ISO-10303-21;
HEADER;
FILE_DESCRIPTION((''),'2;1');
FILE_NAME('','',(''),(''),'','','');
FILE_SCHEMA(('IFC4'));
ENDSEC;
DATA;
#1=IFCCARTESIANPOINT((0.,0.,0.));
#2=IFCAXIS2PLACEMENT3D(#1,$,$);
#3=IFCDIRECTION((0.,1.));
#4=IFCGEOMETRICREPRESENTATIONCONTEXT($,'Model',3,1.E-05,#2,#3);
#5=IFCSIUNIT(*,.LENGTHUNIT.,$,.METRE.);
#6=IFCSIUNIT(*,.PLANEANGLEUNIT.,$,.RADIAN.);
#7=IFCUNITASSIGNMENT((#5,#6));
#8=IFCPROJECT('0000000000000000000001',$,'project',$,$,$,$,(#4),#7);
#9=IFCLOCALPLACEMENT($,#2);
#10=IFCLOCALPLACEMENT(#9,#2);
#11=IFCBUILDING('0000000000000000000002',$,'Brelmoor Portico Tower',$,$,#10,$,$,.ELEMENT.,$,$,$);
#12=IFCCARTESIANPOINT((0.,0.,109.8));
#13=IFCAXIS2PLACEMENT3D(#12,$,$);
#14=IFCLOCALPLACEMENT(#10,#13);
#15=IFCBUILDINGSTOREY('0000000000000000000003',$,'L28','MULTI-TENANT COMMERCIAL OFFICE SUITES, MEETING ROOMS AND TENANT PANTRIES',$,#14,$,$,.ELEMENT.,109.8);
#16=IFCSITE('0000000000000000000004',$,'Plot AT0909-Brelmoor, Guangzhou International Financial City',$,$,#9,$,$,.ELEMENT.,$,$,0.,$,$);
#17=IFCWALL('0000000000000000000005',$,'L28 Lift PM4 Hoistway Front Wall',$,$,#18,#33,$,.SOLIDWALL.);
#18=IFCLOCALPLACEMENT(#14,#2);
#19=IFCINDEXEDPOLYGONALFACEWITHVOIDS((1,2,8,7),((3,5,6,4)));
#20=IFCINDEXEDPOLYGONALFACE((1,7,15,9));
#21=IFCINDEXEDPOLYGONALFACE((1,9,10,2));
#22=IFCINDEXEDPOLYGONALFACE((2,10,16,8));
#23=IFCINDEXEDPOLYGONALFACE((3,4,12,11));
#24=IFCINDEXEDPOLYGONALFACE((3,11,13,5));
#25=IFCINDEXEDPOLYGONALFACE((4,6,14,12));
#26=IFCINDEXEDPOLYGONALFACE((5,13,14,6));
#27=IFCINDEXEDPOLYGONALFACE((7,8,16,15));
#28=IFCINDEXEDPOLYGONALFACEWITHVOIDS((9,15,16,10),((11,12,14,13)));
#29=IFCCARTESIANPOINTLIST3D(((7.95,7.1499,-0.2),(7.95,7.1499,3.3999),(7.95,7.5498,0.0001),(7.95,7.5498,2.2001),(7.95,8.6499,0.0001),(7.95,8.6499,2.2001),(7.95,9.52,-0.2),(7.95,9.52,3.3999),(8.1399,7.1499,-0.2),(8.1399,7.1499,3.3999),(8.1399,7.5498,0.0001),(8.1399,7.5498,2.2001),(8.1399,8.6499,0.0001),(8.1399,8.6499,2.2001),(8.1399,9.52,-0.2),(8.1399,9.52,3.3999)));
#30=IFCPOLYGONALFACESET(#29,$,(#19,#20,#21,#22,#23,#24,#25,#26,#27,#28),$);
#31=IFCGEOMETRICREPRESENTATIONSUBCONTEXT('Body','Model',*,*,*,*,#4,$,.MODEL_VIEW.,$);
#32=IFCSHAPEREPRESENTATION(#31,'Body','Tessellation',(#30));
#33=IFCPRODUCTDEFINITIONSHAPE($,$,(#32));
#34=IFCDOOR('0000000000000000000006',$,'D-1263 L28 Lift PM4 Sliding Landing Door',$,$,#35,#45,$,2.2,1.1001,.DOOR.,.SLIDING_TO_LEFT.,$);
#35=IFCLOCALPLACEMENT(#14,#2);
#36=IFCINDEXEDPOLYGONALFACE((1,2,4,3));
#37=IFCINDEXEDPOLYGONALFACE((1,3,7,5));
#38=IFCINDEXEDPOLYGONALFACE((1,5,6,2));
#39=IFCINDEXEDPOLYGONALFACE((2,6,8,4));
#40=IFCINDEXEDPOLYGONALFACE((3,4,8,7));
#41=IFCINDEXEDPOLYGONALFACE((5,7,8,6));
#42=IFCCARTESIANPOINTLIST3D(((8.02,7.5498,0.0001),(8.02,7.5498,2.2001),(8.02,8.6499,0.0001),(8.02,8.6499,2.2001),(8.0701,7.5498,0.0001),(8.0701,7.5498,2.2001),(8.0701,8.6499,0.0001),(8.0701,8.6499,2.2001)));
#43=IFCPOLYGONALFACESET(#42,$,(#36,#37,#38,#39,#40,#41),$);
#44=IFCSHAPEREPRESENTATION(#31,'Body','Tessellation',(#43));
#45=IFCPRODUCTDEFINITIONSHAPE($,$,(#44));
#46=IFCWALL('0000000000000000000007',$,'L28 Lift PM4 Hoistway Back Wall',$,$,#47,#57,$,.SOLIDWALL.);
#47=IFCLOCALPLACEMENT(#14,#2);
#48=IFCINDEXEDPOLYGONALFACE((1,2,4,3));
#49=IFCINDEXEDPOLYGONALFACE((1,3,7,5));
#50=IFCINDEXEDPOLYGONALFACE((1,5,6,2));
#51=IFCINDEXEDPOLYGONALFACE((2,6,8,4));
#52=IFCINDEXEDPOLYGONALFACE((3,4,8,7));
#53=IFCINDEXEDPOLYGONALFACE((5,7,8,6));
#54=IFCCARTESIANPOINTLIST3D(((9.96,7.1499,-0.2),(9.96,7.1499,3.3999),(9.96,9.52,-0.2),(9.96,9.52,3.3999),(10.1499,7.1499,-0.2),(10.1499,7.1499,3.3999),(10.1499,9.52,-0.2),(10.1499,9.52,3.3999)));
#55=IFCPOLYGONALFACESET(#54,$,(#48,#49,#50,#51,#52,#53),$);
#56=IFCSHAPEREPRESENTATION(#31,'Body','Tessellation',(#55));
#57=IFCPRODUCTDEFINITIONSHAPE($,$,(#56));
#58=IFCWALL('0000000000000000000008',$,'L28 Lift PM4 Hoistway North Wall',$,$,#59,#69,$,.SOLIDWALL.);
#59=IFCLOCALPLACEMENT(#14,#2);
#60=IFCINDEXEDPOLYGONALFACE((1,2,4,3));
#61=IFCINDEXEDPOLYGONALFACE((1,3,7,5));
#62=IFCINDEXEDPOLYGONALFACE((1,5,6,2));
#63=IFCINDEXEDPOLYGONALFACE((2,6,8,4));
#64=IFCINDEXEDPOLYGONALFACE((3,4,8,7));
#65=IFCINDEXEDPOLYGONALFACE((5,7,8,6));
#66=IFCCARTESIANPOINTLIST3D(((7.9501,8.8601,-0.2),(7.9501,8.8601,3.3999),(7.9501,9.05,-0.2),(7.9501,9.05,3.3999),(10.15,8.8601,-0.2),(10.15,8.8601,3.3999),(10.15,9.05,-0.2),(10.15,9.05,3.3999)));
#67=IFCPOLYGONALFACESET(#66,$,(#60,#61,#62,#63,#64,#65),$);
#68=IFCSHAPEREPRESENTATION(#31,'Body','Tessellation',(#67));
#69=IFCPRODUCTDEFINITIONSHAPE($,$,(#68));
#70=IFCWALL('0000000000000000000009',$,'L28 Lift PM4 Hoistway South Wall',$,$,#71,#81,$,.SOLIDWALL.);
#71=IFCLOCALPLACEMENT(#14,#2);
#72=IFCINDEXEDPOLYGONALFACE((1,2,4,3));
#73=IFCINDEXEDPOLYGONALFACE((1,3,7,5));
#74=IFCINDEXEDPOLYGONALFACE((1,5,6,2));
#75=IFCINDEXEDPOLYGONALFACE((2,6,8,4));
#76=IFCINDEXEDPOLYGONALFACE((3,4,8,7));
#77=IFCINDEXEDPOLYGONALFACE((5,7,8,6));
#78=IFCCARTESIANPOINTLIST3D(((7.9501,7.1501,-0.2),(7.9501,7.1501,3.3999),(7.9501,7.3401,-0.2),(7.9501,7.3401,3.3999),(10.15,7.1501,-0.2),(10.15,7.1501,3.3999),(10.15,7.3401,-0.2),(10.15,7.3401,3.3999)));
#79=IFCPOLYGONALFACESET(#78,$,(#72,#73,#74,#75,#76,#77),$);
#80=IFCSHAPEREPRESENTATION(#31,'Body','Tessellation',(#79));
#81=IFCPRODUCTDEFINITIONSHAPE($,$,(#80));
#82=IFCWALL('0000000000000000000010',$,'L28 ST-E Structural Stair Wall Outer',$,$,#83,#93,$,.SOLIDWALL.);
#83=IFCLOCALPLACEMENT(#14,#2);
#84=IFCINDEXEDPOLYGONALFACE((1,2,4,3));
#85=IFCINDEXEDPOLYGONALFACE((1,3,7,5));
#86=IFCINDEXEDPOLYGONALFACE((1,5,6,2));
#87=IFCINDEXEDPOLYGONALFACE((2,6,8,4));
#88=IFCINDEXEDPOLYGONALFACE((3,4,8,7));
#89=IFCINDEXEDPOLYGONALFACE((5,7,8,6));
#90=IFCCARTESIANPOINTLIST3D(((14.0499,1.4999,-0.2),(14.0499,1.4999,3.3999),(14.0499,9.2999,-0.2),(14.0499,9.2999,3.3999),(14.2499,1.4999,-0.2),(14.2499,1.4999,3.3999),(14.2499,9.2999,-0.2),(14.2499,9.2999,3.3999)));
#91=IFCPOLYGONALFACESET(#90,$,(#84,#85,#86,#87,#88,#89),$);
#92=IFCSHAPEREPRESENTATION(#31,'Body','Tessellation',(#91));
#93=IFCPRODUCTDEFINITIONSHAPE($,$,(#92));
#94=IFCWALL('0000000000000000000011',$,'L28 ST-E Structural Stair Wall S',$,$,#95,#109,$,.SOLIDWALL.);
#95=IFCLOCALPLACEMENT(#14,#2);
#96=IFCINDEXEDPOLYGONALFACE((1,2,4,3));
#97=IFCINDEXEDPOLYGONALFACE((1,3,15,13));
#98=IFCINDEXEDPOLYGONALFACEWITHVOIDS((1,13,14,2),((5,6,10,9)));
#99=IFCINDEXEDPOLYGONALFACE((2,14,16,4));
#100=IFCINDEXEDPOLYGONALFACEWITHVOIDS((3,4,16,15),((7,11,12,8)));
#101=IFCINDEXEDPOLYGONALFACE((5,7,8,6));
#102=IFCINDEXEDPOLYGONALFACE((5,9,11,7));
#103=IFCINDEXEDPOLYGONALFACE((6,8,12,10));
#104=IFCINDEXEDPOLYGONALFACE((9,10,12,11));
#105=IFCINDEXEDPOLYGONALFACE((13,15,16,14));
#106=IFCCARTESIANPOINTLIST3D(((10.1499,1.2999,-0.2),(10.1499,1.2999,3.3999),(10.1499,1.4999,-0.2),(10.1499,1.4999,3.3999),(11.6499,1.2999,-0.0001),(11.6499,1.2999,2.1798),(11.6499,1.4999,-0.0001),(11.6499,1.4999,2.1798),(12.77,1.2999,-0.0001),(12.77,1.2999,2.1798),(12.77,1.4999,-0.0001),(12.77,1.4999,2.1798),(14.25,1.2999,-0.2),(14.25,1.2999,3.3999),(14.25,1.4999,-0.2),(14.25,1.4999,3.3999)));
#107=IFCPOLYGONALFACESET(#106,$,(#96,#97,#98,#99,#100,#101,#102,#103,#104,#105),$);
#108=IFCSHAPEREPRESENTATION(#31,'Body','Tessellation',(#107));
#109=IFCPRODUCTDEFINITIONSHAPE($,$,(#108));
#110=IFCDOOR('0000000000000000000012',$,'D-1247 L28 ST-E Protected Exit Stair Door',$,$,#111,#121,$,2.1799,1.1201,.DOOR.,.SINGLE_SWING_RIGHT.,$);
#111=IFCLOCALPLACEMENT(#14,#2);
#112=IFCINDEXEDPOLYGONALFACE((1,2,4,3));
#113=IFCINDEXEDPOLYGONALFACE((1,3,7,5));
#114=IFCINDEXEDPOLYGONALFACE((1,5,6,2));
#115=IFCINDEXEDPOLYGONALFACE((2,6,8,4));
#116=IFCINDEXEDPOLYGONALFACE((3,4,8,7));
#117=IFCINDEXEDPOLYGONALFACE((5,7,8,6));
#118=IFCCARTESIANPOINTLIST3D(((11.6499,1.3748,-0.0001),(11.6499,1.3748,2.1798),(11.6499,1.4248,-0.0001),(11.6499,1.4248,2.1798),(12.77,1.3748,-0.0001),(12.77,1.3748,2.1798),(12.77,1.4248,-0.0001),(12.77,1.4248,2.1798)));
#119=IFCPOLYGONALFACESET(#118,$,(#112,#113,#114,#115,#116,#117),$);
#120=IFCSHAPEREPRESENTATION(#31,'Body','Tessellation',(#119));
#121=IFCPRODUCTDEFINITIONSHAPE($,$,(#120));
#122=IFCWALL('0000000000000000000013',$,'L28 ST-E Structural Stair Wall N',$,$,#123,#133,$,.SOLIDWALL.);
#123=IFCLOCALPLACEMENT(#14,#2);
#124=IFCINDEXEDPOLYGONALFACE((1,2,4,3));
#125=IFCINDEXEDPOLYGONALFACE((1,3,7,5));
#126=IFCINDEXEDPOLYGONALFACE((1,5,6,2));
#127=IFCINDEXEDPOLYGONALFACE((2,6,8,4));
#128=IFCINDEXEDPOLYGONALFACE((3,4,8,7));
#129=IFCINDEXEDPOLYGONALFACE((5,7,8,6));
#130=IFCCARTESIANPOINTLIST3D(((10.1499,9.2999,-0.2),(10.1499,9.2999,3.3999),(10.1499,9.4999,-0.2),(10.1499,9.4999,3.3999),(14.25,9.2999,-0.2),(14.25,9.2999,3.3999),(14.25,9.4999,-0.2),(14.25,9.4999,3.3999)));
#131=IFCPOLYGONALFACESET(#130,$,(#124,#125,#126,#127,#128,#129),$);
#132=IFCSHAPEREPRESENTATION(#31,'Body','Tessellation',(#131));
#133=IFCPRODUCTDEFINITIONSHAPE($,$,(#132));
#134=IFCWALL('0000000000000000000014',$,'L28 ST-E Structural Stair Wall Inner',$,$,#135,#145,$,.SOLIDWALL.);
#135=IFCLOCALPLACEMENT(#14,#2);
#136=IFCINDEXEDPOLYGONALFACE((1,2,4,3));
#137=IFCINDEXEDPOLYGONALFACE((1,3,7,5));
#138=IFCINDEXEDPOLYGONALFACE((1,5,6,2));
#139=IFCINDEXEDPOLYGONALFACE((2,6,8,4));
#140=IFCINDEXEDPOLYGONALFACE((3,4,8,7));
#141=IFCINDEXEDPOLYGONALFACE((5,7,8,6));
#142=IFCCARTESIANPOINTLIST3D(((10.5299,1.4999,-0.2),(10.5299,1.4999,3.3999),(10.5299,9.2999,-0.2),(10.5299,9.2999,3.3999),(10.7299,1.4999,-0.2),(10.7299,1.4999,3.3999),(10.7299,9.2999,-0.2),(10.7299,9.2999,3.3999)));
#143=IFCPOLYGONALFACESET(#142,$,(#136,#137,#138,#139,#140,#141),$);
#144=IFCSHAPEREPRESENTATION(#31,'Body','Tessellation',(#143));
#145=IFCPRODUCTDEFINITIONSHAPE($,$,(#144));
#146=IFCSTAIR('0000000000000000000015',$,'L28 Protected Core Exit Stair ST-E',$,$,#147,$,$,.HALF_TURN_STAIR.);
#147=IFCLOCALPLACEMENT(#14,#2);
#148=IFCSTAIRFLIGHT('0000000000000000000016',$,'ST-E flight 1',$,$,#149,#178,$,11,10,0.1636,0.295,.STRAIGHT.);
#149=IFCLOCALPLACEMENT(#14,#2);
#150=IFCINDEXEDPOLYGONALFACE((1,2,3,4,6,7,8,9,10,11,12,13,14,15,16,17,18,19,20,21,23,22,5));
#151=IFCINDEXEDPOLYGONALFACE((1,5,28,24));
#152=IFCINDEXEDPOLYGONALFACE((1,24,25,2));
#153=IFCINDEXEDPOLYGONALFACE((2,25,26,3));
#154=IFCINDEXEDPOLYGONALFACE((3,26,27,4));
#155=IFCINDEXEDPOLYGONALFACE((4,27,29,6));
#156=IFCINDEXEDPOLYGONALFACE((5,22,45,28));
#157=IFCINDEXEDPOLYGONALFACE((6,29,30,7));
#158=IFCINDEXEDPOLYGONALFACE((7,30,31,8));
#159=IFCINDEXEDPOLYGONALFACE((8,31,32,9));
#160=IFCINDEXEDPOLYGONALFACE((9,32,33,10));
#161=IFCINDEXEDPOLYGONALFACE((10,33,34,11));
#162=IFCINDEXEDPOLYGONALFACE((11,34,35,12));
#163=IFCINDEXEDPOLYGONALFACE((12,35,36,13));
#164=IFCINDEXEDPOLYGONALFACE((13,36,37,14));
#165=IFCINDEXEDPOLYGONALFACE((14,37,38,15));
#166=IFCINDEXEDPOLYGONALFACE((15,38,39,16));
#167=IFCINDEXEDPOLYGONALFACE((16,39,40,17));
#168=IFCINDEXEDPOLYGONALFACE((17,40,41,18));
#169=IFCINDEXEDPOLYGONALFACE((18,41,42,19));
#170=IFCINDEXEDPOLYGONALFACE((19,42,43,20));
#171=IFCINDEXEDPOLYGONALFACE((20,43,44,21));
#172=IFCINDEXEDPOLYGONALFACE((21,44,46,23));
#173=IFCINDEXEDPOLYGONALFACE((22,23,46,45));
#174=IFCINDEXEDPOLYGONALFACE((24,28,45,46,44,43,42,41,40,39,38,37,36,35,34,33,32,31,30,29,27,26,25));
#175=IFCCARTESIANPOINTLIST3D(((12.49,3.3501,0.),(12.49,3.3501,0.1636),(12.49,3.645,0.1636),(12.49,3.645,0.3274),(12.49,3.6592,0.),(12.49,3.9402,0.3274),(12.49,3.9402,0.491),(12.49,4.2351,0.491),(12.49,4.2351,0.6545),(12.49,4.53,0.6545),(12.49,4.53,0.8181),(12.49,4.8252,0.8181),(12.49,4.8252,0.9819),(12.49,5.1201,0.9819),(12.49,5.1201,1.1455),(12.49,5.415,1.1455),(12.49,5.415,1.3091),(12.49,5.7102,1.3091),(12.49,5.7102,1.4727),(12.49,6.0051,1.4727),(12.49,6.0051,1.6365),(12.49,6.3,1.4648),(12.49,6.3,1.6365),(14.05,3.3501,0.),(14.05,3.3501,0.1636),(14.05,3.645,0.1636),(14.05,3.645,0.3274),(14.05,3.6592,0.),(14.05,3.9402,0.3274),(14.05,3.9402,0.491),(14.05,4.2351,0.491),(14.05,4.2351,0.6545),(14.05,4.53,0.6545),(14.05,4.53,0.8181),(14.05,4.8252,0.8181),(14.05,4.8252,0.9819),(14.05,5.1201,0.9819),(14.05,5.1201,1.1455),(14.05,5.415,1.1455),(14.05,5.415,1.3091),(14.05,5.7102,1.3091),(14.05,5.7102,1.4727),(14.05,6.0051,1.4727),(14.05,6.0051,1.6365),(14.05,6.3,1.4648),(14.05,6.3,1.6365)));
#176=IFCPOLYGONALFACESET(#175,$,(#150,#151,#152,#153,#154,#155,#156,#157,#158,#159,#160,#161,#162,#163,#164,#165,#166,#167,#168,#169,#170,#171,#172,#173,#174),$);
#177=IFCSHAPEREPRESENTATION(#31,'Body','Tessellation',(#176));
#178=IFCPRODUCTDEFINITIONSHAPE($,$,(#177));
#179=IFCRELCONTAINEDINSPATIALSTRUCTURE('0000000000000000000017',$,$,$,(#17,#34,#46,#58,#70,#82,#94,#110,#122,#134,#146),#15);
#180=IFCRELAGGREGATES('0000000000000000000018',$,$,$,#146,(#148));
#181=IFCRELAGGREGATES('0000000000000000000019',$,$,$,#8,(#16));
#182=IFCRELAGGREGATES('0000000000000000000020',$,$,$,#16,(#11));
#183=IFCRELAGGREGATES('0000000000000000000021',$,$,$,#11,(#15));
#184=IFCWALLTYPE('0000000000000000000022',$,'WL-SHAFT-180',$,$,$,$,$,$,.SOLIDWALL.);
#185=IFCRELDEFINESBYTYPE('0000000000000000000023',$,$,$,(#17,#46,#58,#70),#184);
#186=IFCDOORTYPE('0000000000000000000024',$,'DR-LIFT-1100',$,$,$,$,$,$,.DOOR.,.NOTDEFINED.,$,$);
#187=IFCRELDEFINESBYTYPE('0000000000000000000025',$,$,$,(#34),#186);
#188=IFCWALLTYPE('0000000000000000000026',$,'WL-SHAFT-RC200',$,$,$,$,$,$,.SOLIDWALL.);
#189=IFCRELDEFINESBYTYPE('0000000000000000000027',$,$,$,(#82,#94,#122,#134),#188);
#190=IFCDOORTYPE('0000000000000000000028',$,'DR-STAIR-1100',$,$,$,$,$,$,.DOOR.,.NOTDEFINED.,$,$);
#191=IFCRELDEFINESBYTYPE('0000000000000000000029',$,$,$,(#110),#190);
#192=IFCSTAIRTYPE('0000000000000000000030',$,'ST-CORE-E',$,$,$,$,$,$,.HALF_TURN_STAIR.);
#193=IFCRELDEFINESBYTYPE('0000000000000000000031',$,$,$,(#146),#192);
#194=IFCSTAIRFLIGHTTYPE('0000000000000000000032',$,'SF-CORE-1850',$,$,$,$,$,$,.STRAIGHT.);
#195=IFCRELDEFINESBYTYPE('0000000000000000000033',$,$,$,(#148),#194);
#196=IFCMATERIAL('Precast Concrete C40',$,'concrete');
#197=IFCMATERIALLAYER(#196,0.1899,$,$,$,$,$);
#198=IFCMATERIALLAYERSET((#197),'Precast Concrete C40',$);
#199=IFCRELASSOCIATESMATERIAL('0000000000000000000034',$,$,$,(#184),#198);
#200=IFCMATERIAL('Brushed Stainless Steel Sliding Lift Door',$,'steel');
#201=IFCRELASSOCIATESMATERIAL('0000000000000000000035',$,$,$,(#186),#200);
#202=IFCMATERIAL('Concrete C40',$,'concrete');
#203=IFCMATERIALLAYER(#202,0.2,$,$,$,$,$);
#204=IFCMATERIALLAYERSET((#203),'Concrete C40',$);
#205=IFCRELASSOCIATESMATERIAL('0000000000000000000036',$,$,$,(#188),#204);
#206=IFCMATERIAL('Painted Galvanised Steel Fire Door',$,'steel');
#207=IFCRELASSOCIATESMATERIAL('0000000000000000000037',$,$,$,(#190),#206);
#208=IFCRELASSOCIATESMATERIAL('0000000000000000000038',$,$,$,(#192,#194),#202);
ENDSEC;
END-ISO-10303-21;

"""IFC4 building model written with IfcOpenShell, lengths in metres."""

from ifc_helpers import new_model, si_unit, direction, frame, frame_2d, origin, place, context, subcontext, project, spatial, polyline, rectangle, outline, extrude, material, layer, layer_set, type_object, element, fill, aggregate, save


model = new_model("IFC4")

# Units and contexts
model_context = context("Model", 3, precision=1e-05, world=origin(), true_north=direction((0.0, 1.0)))
body_context = subcontext(model_context, "Body", "Model", "MODEL_VIEW")
ifc_project = project(units=[si_unit("LENGTHUNIT", "METRE"), si_unit("PLANEANGLEUNIT", "RADIAN")], contexts=[model_context])

# Site, building, storey
site_placement = place(None, origin())
site = spatial("IfcSite", under=ifc_project, at=site_placement, Name="Plot AT0909-Brelmoor, Guangzhou International Financial City", CompositionType="ELEMENT", RefElevation=0.0)
building_placement = place(site_placement, origin())
building = spatial("IfcBuilding", under=site, at=building_placement, Name="Brelmoor Portico Tower", CompositionType="ELEMENT")
storey_placement = place(building_placement, frame((0.0, 0.0, 109.8)))
storey = spatial("IfcBuildingStorey", under=building, at=storey_placement, Name="L28", Description="MULTI-TENANT COMMERCIAL OFFICE SUITES, MEETING ROOMS AND TENANT PANTRIES", CompositionType="ELEMENT", Elevation=109.8)

# Shared definitions
ifc_material_1 = material(Name="Precast Concrete C40", Category="concrete")
ifc_layer_1 = layer(ifc_material_1, 0.1899)
ifc_layer_set_1 = layer_set([ifc_layer_1], Name="Precast Concrete C40")
wall_type_1 = type_object("IfcWallType", Name="WL-SHAFT-180", PredefinedType="SOLIDWALL", material=ifc_layer_set_1)

# Shared definitions
ifc_material_2 = material(Name="Brushed Stainless Steel Sliding Lift Door", Category="steel")
door_type_1 = type_object("IfcDoorType", Name="DR-LIFT-1100", OperationType="NOTDEFINED", PredefinedType="DOOR", material=ifc_material_2)

# Wall, opening, door
wall_1_placement = place(storey_placement, frame((8.0449, 7.1499, -0.2), z_axis=(0.0, 0.0, 1.0), x_axis=(0.0, 1.0, 0.0)))
wall_1 = element("IfcWall", 1, at=wall_1_placement, inside=storey, type_object=wall_type_1, Name="L28 Lift PM4 Hoistway Front Wall", PredefinedType="SOLIDWALL", context=body_context, shape_type="SweptSolid", body=[
    extrude(rectangle(XDim=2.3701, YDim=0.1899, at=frame_2d((1.1851, 0.0))), origin(), (0.0, 0.0, 1.0), 3.5999),
])
opening_1_placement = place(wall_1_placement, frame((0.3999, 0.0, 0.2)))
opening_1 = element("IfcOpeningElement", 2, at=opening_1_placement, cuts=wall_1, PredefinedType="OPENING", context=body_context, shape_type="SweptSolid", body=[
    extrude(rectangle(XDim=1.1001, YDim=2.2, at=frame_2d((0.55, 1.1001))), frame((0.0, 0.105, 0.0), z_axis=(0.0, -1.0, 0.0), x_axis=(1.0, 0.0, 0.0)), (0.0, 0.0, 1.0), 0.21),
])
door_1_placement = place(opening_1_placement, origin())
door_1 = element("IfcDoor", 3, at=door_1_placement, inside=storey, type_object=door_type_1, Name="D-1263 L28 Lift PM4 Sliding Landing Door", OperationType="SLIDING_TO_LEFT", OverallHeight=2.2, OverallWidth=1.1001, PredefinedType="DOOR", context=body_context, shape_type="SweptSolid", body=[
    extrude(rectangle(XDim=1.1001, YDim=2.2, at=frame_2d((0.55, 1.1001))), frame((0.0, 0.0249, 0.0), z_axis=(0.0, -1.0, 0.0), x_axis=(1.0, 0.0, 0.0)), (0.0, 0.0, 1.0), 0.05),
])
fill(opening_1, door_1)

# Walls
wall_2_placement = place(storey_placement, frame((10.0549, 7.1499, -0.2), z_axis=(0.0, 0.0, 1.0), x_axis=(0.0, 1.0, 0.0)))
element("IfcWall", 4, at=wall_2_placement, inside=storey, type_object=wall_type_1, Name="L28 Lift PM4 Hoistway Back Wall", PredefinedType="SOLIDWALL", context=body_context, shape_type="SweptSolid", body=[
    extrude(rectangle(XDim=2.3701, YDim=0.1899, at=frame_2d((1.1851, 0.0))), origin(), (0.0, 0.0, 1.0), 3.5999),
])
for number, where, z_axis, x_axis, name in (
    (5, (7.95, 8.9551, -0.2), (0.0, 0.0, 1.0), (1.0, 0.0, 0.0), "L28 Lift PM4 Hoistway North Wall"),
    (6, (7.95, 7.2451, -0.2), (0.0, 0.0, 1.0), (1.0, 0.0, 0.0), "L28 Lift PM4 Hoistway South Wall"),
):
    element("IfcWall", number, at=place(storey_placement, frame(where, z_axis=z_axis, x_axis=x_axis)), inside=storey, type_object=wall_type_1, Name=name, PredefinedType="SOLIDWALL", context=body_context, shape_type="SweptSolid", body=[
        extrude(rectangle(XDim=2.2, YDim=0.1899, at=frame_2d((1.1001, 0.0))), origin(), (0.0, 0.0, 1.0), 3.5999),
    ])
ifc_material_3 = material(Name="Concrete C40", Category="concrete")
ifc_layer_2 = layer(ifc_material_3, 0.2)
ifc_layer_set_2 = layer_set([ifc_layer_2], Name="Concrete C40")
wall_type_2 = type_object("IfcWallType", Name="WL-SHAFT-RC200", PredefinedType="SOLIDWALL", material=ifc_layer_set_2)
wall_3_placement = place(storey_placement, frame((14.1499, 1.5, -0.2), z_axis=(0.0, 0.0, 1.0), x_axis=(0.0, 1.0, 0.0)))
element("IfcWall", 7, at=wall_3_placement, inside=storey, type_object=wall_type_2, Name="L28 ST-E Structural Stair Wall Outer", PredefinedType="SOLIDWALL", context=body_context, shape_type="SweptSolid", body=[
    extrude(rectangle(XDim=7.8, YDim=0.2, at=frame_2d((3.8999, 0.0))), origin(), (0.0, 0.0, 1.0), 3.5999),
])

# Wall, opening, door
wall_4_placement = place(storey_placement, frame((10.1499, 1.3999, -0.2), z_axis=(0.0, 0.0, 1.0), x_axis=(1.0, 0.0, 0.0)))
wall_4 = element("IfcWall", 8, at=wall_4_placement, inside=storey, type_object=wall_type_2, Name="L28 ST-E Structural Stair Wall S", PredefinedType="SOLIDWALL", context=body_context, shape_type="SweptSolid", body=[
    extrude(rectangle(XDim=4.1001, YDim=0.2, at=frame_2d((2.05, 0.0))), origin(), (0.0, 0.0, 1.0), 3.5999),
])
opening_2_placement = place(wall_4_placement, frame((1.5, 0.0, 0.2)))
opening_2 = element("IfcOpeningElement", 9, at=opening_2_placement, cuts=wall_4, PredefinedType="OPENING", context=body_context, shape_type="SweptSolid", body=[
    extrude(rectangle(XDim=1.1201, YDim=2.1799, at=frame_2d((0.5601, 1.0898))), frame((0.0, 0.1099, 0.0), z_axis=(0.0, -1.0, 0.0), x_axis=(1.0, 0.0, 0.0)), (0.0, 0.0, 1.0), 0.22),
])
ifc_material_4 = material(Name="Painted Galvanised Steel Fire Door", Category="steel")
door_type_2 = type_object("IfcDoorType", Name="DR-STAIR-1100", OperationType="NOTDEFINED", PredefinedType="DOOR", material=ifc_material_4)
door_2_placement = place(opening_2_placement, origin())
door_2 = element("IfcDoor", 10, at=door_2_placement, inside=storey, type_object=door_type_2, Name="D-1247 L28 ST-E Protected Exit Stair Door", OperationType="SINGLE_SWING_RIGHT", OverallHeight=2.1799, OverallWidth=1.1201, PredefinedType="DOOR", context=body_context, shape_type="SweptSolid", body=[
    extrude(rectangle(XDim=1.1201, YDim=2.1799, at=frame_2d((0.5601, 1.0898))), frame((0.0, 0.0249, 0.0), z_axis=(0.0, -1.0, 0.0), x_axis=(1.0, 0.0, 0.0)), (0.0, 0.0, 1.0), 0.05),
])
fill(opening_2, door_2)

# Walls
wall_5_placement = place(storey_placement, frame((10.1499, 9.3999, -0.2), z_axis=(0.0, 0.0, 1.0), x_axis=(1.0, 0.0, 0.0)))
element("IfcWall", 11, at=wall_5_placement, inside=storey, type_object=wall_type_2, Name="L28 ST-E Structural Stair Wall N", PredefinedType="SOLIDWALL", context=body_context, shape_type="SweptSolid", body=[
    extrude(rectangle(XDim=4.1001, YDim=0.2, at=frame_2d((2.05, 0.0))), origin(), (0.0, 0.0, 1.0), 3.5999),
])
wall_6_placement = place(storey_placement, frame((10.6299, 1.5, -0.2), z_axis=(0.0, 0.0, 1.0), x_axis=(0.0, 1.0, 0.0)))
element("IfcWall", 12, at=wall_6_placement, inside=storey, type_object=wall_type_2, Name="L28 ST-E Structural Stair Wall Inner", PredefinedType="SOLIDWALL", context=body_context, shape_type="SweptSolid", body=[
    extrude(rectangle(XDim=7.8, YDim=0.2, at=frame_2d((3.8999, 0.0))), origin(), (0.0, 0.0, 1.0), 3.5999),
])

# Stair, stair flight
stair_type = type_object("IfcStairType", Name="ST-CORE-E", PredefinedType="HALF_TURN_STAIR", material=ifc_material_3)
stair_placement = place(storey_placement, origin())
stair = element("IfcStair", 13, at=stair_placement, inside=storey, type_object=stair_type, Name="L28 Protected Core Exit Stair ST-E", PredefinedType="HALF_TURN_STAIR")
stair_flight_type = type_object("IfcStairFlightType", Name="SF-CORE-1850", PredefinedType="STRAIGHT", material=ifc_material_3)
stair_flight_1_placement = place(storey_placement, frame((13.27, 3.3501, 0.0), z_axis=(0.0, 0.0, 1.0), x_axis=(0.0, 1.0, 0.0)))
stair_flight_1 = element("IfcStairFlight", 14, at=stair_flight_1_placement, type_object=stair_flight_type, Name="ST-E flight 1", NumberOfRisers=11, NumberOfTreads=10, PredefinedType="STRAIGHT", RiserHeight=0.1636, TreadLength=0.295, context=body_context, shape_type="SweptSolid", body=[
    extrude(outline(polyline([(0.0, 0.0), (0.0, 0.1636), (0.2949, 0.1636), (0.2949, 0.3274), (0.5901, 0.3274), (0.5901, 0.491), (0.885, 0.491), (0.885, 0.6545), (1.1799, 0.6545), (1.1799, 0.8181), (1.4751, 0.8181), (1.4751, 0.9819), (1.77, 0.9819), (1.77, 1.1455), (2.0649, 1.1455), (2.0649, 1.3091), (2.3601, 1.3091), (2.3601, 1.4727), (2.655, 1.4727), (2.655, 1.6365), (2.95, 1.6365), (2.95, 1.8), (2.95, 1.4648), (0.3091, 0.0), (0.0, 0.0)])), frame((0.0, 0.78, 0.0), z_axis=(0.0, -1.0, 0.0), x_axis=(1.0, 0.0, 0.0)), (0.0, 0.0, 1.0), 1.5601),
])
aggregate(stair, [stair_flight_1])

save(model, "model.ifc")
